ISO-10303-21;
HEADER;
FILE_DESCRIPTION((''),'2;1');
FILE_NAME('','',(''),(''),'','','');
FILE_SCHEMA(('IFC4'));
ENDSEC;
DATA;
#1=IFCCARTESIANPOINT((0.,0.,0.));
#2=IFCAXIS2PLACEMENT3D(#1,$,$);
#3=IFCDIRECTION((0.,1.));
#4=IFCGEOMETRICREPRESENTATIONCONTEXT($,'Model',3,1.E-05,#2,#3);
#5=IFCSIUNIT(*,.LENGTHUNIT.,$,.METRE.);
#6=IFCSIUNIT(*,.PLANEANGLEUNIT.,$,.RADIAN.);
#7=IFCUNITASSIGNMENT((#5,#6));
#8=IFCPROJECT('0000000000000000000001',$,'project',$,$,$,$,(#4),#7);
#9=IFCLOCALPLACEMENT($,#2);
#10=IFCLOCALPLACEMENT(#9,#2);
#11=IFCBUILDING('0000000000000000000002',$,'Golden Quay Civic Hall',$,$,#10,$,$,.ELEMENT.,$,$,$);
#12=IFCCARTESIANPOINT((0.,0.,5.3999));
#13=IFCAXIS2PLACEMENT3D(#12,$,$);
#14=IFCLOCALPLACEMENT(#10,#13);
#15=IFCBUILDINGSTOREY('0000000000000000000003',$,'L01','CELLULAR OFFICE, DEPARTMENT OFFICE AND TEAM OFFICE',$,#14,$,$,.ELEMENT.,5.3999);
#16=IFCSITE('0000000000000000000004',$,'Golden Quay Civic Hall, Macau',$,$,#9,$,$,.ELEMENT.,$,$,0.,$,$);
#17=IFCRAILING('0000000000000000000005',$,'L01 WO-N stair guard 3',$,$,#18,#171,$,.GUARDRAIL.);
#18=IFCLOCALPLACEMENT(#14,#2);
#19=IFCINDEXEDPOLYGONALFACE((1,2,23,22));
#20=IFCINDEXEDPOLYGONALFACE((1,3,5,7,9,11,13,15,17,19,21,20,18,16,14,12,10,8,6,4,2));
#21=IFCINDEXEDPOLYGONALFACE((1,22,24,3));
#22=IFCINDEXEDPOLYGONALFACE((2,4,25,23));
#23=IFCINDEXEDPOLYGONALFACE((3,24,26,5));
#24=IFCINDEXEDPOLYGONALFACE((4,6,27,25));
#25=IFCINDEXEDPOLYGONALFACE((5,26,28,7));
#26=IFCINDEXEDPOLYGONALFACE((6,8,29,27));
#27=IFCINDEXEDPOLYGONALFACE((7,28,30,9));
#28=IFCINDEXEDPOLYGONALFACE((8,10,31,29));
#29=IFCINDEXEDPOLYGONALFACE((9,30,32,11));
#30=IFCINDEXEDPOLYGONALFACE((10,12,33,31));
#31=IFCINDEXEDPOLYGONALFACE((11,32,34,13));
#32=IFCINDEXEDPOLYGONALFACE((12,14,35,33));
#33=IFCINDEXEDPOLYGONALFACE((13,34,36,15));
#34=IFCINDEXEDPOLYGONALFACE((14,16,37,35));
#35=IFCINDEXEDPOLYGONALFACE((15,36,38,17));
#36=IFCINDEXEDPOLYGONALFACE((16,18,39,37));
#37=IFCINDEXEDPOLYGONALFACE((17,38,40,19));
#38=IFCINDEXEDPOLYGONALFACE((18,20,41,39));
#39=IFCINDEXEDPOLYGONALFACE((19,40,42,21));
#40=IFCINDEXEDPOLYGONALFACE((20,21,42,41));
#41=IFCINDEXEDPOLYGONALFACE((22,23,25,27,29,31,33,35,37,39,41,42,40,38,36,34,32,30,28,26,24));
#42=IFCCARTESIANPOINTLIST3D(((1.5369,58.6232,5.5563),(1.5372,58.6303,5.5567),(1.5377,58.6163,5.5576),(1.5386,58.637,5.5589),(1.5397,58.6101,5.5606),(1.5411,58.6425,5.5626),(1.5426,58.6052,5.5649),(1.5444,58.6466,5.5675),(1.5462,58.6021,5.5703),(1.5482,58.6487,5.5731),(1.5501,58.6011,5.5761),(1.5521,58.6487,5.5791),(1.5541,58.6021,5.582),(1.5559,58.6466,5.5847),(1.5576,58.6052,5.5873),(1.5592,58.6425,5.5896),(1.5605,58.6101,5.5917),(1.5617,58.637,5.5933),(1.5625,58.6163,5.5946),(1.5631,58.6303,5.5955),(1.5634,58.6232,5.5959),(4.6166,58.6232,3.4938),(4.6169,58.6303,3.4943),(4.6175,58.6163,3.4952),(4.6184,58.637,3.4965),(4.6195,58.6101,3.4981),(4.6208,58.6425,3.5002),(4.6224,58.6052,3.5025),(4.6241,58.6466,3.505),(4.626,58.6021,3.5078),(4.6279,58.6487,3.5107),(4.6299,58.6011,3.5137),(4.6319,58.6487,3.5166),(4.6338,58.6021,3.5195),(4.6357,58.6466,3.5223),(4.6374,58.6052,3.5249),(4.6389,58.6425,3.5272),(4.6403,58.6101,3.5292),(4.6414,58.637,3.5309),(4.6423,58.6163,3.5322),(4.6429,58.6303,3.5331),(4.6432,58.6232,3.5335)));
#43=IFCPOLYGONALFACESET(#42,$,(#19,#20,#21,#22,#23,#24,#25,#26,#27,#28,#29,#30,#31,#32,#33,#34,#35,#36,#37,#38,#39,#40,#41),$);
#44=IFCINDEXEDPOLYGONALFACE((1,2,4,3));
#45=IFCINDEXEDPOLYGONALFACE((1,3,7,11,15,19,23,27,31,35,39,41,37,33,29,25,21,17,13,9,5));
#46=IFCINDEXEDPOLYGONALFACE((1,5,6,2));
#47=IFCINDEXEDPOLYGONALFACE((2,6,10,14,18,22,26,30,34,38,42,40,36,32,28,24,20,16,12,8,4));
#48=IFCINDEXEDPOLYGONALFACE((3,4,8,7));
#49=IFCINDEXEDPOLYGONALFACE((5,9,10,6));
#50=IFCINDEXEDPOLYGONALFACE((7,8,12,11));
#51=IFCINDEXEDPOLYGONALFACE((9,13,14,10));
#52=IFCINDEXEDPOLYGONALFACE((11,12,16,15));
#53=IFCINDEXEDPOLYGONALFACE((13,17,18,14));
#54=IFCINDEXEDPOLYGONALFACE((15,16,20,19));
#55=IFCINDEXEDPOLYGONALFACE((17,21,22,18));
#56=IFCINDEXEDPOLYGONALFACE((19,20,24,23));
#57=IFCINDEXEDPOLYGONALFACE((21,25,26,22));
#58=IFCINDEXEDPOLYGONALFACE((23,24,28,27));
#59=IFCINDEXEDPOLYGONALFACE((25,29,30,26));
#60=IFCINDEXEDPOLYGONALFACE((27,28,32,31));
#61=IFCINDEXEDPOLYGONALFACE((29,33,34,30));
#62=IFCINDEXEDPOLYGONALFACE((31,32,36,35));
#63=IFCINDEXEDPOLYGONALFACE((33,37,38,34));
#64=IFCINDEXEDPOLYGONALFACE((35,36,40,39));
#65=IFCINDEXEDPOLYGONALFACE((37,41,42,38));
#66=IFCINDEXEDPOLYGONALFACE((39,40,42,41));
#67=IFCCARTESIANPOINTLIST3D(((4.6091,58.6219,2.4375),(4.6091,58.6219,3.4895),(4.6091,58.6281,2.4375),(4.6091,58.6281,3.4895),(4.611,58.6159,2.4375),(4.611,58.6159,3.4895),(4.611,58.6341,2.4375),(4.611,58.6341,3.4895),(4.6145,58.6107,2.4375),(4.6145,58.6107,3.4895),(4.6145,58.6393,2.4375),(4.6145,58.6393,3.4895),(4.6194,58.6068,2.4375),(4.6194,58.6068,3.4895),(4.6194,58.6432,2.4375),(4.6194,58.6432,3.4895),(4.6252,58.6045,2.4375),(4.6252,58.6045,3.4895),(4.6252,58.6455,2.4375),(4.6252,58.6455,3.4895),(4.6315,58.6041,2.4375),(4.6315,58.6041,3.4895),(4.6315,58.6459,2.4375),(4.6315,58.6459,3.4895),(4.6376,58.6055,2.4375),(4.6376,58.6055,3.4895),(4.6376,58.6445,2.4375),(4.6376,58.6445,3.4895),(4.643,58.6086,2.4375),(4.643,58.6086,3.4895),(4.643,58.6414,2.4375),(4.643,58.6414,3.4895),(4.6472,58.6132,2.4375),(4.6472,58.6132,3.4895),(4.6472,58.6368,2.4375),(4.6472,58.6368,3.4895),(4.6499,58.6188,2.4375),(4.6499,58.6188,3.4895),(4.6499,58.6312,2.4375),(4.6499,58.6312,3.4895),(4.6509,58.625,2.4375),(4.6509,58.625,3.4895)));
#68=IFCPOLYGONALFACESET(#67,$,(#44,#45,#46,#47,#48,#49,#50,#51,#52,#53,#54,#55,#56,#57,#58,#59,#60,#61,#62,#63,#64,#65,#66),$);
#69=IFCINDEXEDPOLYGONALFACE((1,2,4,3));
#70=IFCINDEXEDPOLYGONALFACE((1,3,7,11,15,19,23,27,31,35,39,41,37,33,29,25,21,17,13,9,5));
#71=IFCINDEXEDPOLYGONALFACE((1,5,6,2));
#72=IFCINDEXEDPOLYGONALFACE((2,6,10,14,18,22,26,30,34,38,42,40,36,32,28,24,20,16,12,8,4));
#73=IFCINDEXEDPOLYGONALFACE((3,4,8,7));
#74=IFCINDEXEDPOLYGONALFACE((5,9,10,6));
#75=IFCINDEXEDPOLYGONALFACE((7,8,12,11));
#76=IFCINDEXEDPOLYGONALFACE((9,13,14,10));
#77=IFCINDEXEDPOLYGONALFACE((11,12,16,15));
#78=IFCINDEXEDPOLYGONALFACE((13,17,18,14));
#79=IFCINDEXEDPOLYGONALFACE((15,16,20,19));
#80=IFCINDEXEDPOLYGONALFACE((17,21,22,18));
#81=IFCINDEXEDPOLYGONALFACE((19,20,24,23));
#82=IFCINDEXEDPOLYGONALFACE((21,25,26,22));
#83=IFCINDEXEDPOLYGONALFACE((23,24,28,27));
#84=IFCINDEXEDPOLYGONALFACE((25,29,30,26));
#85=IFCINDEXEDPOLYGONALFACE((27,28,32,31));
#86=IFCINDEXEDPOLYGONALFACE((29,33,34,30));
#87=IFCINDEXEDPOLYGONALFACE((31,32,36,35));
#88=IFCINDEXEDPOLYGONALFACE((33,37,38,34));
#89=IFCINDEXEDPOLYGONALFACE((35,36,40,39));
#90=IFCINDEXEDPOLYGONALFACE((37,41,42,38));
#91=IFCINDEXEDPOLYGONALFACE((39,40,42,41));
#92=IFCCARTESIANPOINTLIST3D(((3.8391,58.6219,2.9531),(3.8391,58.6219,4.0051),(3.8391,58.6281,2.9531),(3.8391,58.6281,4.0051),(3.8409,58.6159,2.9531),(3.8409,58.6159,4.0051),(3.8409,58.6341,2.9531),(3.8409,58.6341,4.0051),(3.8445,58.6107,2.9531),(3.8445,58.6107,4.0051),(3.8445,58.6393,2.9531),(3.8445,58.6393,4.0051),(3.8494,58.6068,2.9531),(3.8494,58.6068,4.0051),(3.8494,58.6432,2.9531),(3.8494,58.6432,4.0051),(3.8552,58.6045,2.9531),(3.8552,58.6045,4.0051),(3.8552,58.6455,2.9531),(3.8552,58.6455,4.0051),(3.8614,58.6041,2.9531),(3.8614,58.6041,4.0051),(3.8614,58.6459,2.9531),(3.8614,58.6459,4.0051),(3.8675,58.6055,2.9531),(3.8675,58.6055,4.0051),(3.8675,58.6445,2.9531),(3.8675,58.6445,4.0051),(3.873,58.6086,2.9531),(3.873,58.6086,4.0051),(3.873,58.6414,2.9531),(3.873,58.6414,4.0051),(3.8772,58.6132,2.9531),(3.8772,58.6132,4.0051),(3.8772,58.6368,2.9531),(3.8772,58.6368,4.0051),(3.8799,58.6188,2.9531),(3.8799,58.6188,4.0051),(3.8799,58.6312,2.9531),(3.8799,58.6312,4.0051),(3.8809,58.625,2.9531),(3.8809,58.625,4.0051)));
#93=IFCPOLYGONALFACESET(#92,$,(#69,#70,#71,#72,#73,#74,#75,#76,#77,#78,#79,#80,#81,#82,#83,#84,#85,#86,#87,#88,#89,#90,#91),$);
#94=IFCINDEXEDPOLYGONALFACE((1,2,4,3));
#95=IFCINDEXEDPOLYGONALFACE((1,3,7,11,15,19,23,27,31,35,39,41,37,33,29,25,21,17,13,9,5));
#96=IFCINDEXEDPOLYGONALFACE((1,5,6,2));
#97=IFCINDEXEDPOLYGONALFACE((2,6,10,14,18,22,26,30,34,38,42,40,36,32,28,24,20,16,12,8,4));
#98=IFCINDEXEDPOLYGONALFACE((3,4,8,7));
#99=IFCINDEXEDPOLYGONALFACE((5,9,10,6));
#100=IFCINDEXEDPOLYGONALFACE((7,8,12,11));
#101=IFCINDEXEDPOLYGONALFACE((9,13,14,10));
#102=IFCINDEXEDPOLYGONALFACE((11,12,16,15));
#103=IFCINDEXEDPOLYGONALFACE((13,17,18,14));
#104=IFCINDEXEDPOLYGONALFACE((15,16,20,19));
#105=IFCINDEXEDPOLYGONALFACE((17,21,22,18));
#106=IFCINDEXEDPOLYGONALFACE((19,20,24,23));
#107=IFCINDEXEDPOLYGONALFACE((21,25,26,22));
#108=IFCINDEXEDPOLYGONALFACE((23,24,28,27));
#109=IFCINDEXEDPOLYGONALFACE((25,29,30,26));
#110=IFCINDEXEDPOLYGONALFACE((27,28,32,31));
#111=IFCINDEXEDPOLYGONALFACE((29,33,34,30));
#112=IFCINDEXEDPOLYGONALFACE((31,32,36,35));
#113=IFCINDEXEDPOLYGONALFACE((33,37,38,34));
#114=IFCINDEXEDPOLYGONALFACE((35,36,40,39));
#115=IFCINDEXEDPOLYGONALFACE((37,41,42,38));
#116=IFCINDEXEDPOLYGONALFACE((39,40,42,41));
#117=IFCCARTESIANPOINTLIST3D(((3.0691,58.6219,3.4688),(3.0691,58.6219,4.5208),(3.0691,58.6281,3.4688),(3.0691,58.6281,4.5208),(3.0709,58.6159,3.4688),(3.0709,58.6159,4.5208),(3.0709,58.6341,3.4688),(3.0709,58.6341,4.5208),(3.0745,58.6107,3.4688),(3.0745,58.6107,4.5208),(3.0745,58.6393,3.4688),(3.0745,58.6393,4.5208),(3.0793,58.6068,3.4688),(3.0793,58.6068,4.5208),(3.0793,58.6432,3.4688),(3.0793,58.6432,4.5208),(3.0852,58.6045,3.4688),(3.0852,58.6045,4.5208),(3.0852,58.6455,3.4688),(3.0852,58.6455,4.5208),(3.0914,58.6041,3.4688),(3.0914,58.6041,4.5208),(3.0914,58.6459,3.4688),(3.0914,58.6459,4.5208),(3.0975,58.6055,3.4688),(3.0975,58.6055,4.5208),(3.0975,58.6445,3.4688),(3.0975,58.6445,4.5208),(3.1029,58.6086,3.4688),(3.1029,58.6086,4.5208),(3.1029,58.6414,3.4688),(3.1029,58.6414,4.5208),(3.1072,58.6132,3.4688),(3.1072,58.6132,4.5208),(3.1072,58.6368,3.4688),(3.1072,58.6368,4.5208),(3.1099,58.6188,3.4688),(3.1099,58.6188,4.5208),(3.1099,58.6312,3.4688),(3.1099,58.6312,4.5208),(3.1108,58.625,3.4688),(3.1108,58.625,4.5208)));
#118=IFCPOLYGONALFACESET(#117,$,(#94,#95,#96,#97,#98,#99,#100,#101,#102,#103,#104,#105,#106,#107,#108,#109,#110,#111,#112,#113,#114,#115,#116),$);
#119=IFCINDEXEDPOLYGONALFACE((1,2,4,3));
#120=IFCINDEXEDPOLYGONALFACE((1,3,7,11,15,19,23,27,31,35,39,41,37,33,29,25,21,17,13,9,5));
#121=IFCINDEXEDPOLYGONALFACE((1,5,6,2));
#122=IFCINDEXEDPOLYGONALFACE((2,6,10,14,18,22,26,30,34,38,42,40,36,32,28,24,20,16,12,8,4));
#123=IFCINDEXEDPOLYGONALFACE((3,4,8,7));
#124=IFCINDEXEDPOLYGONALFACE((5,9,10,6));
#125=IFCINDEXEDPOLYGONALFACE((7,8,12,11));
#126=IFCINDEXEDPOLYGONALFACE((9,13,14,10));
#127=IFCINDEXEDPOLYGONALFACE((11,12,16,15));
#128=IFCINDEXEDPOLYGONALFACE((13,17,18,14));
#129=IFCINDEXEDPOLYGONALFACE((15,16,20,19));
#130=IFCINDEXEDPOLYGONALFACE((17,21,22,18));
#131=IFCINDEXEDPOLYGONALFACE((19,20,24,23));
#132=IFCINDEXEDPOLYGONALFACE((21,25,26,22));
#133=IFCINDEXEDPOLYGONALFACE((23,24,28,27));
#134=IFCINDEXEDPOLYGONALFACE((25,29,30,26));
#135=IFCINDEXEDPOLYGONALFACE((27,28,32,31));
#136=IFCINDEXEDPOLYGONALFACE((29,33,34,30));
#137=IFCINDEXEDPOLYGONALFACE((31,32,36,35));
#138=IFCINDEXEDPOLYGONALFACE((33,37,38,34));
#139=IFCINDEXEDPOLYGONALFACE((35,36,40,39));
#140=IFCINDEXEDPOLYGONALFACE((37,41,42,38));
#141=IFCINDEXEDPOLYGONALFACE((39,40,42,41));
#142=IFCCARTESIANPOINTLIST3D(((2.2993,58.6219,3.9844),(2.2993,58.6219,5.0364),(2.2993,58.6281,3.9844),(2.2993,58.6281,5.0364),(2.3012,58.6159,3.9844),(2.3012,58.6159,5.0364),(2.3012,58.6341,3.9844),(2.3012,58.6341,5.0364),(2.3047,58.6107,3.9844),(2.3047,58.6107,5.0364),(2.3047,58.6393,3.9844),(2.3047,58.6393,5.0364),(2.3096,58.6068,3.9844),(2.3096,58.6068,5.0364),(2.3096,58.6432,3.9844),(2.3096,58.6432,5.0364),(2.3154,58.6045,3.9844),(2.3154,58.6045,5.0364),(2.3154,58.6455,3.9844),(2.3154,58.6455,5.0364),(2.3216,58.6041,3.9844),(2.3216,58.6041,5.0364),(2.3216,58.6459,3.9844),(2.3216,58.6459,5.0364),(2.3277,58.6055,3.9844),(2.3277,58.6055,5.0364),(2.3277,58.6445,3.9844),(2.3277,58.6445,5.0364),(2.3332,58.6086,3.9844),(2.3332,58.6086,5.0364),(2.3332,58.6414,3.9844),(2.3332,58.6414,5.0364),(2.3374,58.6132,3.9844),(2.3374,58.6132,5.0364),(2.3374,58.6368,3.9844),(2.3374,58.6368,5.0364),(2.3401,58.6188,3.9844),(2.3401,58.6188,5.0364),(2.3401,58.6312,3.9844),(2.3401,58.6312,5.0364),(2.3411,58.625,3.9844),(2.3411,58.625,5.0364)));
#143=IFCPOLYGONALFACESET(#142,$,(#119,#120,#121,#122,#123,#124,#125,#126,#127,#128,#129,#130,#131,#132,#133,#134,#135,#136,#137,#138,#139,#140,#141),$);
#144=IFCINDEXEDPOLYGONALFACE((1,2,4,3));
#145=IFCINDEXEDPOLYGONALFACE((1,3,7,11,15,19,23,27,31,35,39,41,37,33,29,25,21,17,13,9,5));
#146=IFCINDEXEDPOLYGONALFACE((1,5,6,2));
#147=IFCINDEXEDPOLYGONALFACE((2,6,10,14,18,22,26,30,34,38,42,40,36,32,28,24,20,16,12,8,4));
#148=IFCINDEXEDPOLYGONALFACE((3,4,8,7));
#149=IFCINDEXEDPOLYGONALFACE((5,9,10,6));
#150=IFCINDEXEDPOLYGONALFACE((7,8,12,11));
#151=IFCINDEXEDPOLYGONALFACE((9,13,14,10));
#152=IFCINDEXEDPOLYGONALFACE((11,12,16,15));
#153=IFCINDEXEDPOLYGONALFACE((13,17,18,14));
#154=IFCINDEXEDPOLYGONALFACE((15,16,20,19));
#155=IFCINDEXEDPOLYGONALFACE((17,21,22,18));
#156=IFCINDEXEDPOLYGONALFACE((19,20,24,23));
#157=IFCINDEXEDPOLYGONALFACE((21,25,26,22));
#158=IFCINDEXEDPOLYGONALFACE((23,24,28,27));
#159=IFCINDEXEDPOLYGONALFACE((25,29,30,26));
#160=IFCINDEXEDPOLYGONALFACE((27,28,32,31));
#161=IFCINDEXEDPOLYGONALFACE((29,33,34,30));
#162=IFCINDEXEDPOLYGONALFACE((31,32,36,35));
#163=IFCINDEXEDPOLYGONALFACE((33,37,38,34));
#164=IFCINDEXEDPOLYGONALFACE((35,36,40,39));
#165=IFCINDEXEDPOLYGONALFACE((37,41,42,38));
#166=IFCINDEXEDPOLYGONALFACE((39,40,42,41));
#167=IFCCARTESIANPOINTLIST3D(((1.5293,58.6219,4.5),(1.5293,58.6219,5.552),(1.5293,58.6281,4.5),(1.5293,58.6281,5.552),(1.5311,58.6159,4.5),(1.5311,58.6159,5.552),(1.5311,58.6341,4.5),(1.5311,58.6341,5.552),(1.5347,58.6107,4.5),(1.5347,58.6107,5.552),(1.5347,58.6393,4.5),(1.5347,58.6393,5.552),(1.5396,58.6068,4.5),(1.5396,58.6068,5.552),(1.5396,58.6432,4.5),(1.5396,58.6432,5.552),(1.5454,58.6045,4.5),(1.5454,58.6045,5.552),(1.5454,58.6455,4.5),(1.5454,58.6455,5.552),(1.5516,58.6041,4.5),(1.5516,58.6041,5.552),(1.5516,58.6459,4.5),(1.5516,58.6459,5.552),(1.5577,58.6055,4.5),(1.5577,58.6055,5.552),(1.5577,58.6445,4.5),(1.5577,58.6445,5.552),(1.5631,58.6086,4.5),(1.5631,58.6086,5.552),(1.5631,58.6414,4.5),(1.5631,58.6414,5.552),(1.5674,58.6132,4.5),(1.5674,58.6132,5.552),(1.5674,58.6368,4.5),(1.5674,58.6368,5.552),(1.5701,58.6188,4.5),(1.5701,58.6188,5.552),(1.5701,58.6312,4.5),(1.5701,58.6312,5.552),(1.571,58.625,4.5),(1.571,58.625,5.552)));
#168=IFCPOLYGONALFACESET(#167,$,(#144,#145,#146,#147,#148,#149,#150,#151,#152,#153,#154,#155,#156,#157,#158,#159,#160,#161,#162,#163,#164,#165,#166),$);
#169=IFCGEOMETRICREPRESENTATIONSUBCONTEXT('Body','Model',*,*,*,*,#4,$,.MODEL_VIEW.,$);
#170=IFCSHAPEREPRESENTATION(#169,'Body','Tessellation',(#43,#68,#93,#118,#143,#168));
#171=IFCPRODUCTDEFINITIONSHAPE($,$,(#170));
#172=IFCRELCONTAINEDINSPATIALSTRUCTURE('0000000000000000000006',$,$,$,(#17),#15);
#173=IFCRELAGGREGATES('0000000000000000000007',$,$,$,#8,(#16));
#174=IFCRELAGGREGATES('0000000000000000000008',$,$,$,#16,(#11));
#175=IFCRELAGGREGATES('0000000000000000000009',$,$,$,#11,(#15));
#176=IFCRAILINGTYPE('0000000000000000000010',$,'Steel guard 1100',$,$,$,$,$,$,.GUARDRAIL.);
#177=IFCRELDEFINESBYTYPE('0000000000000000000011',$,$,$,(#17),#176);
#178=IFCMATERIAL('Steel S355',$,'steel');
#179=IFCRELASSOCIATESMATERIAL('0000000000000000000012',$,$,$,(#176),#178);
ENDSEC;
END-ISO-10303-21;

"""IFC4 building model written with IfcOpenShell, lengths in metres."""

from ifc_helpers import new_model, si_unit, direction, frame, origin, origin_2d, place, context, subcontext, project, spatial, circle, extrude, material, type_object, element, save


model = new_model("IFC4")

# Units and contexts
model_context = context("Model", 3, precision=1e-05, world=origin(), true_north=direction((0.0, 1.0)))
body_context = subcontext(model_context, "Body", "Model", "MODEL_VIEW")
ifc_project = project(units=[si_unit("LENGTHUNIT", "METRE"), si_unit("PLANEANGLEUNIT", "RADIAN")], contexts=[model_context])

# Site, building, storey
site_placement = place(None, origin())
site = spatial("IfcSite", under=ifc_project, at=site_placement, Name="Golden Quay Civic Hall, Macau", CompositionType="ELEMENT", RefElevation=0.0)
building_placement = place(site_placement, origin())
building = spatial("IfcBuilding", under=site, at=building_placement, Name="Golden Quay Civic Hall", CompositionType="ELEMENT")
storey_placement = place(building_placement, frame((0.0, 0.0, 5.3999)))
storey = spatial("IfcBuildingStorey", under=building, at=storey_placement, Name="L01", Description="CELLULAR OFFICE, DEPARTMENT OFFICE AND TEAM OFFICE", CompositionType="ELEMENT", Elevation=5.3999)

# Railing
ifc_material_1 = material(Name="Steel S355", Category="steel")
railing_type_1 = type_object("IfcRailingType", Name="Steel guard 1100", PredefinedType="GUARDRAIL", material=ifc_material_1)
railing_1_placement = place(storey_placement, frame((4.6299, 58.625, 2.4375)))
element("IfcRailing", 1, at=railing_1_placement, inside=storey, type_object=railing_type_1, Name="L01 WO-N stair guard 3", PredefinedType="GUARDRAIL", context=body_context, shape_type="SweptSolid", body=[
    extrude(circle(Radius=0.0239, at=origin_2d()), frame((0.0, 0.0, 1.0762), z_axis=(-0.830893, 0.0, 0.556432), x_axis=(0.0, -1.0, 0.0)), (0.0, 0.0, 1.0), 3.7065),
    extrude(circle(Radius=0.021, at=origin_2d()), origin(), (0.0, 0.0, 1.0), 1.052),
    extrude(circle(Radius=0.021, at=origin_2d()), frame((-0.77, 0.0, 0.5156)), (0.0, 0.0, 1.0), 1.052),
    extrude(circle(Radius=0.021, at=origin_2d()), frame((-1.54, 0.0, 1.0312)), (0.0, 0.0, 1.0), 1.052),
    extrude(circle(Radius=0.021, at=origin_2d()), frame((-2.3098, 0.0, 1.5469)), (0.0, 0.0, 1.0), 1.052),
    extrude(circle(Radius=0.021, at=origin_2d()), frame((-3.0798, 0.0, 2.0625)), (0.0, 0.0, 1.0), 1.052),
])

save(model, "model.ifc")
